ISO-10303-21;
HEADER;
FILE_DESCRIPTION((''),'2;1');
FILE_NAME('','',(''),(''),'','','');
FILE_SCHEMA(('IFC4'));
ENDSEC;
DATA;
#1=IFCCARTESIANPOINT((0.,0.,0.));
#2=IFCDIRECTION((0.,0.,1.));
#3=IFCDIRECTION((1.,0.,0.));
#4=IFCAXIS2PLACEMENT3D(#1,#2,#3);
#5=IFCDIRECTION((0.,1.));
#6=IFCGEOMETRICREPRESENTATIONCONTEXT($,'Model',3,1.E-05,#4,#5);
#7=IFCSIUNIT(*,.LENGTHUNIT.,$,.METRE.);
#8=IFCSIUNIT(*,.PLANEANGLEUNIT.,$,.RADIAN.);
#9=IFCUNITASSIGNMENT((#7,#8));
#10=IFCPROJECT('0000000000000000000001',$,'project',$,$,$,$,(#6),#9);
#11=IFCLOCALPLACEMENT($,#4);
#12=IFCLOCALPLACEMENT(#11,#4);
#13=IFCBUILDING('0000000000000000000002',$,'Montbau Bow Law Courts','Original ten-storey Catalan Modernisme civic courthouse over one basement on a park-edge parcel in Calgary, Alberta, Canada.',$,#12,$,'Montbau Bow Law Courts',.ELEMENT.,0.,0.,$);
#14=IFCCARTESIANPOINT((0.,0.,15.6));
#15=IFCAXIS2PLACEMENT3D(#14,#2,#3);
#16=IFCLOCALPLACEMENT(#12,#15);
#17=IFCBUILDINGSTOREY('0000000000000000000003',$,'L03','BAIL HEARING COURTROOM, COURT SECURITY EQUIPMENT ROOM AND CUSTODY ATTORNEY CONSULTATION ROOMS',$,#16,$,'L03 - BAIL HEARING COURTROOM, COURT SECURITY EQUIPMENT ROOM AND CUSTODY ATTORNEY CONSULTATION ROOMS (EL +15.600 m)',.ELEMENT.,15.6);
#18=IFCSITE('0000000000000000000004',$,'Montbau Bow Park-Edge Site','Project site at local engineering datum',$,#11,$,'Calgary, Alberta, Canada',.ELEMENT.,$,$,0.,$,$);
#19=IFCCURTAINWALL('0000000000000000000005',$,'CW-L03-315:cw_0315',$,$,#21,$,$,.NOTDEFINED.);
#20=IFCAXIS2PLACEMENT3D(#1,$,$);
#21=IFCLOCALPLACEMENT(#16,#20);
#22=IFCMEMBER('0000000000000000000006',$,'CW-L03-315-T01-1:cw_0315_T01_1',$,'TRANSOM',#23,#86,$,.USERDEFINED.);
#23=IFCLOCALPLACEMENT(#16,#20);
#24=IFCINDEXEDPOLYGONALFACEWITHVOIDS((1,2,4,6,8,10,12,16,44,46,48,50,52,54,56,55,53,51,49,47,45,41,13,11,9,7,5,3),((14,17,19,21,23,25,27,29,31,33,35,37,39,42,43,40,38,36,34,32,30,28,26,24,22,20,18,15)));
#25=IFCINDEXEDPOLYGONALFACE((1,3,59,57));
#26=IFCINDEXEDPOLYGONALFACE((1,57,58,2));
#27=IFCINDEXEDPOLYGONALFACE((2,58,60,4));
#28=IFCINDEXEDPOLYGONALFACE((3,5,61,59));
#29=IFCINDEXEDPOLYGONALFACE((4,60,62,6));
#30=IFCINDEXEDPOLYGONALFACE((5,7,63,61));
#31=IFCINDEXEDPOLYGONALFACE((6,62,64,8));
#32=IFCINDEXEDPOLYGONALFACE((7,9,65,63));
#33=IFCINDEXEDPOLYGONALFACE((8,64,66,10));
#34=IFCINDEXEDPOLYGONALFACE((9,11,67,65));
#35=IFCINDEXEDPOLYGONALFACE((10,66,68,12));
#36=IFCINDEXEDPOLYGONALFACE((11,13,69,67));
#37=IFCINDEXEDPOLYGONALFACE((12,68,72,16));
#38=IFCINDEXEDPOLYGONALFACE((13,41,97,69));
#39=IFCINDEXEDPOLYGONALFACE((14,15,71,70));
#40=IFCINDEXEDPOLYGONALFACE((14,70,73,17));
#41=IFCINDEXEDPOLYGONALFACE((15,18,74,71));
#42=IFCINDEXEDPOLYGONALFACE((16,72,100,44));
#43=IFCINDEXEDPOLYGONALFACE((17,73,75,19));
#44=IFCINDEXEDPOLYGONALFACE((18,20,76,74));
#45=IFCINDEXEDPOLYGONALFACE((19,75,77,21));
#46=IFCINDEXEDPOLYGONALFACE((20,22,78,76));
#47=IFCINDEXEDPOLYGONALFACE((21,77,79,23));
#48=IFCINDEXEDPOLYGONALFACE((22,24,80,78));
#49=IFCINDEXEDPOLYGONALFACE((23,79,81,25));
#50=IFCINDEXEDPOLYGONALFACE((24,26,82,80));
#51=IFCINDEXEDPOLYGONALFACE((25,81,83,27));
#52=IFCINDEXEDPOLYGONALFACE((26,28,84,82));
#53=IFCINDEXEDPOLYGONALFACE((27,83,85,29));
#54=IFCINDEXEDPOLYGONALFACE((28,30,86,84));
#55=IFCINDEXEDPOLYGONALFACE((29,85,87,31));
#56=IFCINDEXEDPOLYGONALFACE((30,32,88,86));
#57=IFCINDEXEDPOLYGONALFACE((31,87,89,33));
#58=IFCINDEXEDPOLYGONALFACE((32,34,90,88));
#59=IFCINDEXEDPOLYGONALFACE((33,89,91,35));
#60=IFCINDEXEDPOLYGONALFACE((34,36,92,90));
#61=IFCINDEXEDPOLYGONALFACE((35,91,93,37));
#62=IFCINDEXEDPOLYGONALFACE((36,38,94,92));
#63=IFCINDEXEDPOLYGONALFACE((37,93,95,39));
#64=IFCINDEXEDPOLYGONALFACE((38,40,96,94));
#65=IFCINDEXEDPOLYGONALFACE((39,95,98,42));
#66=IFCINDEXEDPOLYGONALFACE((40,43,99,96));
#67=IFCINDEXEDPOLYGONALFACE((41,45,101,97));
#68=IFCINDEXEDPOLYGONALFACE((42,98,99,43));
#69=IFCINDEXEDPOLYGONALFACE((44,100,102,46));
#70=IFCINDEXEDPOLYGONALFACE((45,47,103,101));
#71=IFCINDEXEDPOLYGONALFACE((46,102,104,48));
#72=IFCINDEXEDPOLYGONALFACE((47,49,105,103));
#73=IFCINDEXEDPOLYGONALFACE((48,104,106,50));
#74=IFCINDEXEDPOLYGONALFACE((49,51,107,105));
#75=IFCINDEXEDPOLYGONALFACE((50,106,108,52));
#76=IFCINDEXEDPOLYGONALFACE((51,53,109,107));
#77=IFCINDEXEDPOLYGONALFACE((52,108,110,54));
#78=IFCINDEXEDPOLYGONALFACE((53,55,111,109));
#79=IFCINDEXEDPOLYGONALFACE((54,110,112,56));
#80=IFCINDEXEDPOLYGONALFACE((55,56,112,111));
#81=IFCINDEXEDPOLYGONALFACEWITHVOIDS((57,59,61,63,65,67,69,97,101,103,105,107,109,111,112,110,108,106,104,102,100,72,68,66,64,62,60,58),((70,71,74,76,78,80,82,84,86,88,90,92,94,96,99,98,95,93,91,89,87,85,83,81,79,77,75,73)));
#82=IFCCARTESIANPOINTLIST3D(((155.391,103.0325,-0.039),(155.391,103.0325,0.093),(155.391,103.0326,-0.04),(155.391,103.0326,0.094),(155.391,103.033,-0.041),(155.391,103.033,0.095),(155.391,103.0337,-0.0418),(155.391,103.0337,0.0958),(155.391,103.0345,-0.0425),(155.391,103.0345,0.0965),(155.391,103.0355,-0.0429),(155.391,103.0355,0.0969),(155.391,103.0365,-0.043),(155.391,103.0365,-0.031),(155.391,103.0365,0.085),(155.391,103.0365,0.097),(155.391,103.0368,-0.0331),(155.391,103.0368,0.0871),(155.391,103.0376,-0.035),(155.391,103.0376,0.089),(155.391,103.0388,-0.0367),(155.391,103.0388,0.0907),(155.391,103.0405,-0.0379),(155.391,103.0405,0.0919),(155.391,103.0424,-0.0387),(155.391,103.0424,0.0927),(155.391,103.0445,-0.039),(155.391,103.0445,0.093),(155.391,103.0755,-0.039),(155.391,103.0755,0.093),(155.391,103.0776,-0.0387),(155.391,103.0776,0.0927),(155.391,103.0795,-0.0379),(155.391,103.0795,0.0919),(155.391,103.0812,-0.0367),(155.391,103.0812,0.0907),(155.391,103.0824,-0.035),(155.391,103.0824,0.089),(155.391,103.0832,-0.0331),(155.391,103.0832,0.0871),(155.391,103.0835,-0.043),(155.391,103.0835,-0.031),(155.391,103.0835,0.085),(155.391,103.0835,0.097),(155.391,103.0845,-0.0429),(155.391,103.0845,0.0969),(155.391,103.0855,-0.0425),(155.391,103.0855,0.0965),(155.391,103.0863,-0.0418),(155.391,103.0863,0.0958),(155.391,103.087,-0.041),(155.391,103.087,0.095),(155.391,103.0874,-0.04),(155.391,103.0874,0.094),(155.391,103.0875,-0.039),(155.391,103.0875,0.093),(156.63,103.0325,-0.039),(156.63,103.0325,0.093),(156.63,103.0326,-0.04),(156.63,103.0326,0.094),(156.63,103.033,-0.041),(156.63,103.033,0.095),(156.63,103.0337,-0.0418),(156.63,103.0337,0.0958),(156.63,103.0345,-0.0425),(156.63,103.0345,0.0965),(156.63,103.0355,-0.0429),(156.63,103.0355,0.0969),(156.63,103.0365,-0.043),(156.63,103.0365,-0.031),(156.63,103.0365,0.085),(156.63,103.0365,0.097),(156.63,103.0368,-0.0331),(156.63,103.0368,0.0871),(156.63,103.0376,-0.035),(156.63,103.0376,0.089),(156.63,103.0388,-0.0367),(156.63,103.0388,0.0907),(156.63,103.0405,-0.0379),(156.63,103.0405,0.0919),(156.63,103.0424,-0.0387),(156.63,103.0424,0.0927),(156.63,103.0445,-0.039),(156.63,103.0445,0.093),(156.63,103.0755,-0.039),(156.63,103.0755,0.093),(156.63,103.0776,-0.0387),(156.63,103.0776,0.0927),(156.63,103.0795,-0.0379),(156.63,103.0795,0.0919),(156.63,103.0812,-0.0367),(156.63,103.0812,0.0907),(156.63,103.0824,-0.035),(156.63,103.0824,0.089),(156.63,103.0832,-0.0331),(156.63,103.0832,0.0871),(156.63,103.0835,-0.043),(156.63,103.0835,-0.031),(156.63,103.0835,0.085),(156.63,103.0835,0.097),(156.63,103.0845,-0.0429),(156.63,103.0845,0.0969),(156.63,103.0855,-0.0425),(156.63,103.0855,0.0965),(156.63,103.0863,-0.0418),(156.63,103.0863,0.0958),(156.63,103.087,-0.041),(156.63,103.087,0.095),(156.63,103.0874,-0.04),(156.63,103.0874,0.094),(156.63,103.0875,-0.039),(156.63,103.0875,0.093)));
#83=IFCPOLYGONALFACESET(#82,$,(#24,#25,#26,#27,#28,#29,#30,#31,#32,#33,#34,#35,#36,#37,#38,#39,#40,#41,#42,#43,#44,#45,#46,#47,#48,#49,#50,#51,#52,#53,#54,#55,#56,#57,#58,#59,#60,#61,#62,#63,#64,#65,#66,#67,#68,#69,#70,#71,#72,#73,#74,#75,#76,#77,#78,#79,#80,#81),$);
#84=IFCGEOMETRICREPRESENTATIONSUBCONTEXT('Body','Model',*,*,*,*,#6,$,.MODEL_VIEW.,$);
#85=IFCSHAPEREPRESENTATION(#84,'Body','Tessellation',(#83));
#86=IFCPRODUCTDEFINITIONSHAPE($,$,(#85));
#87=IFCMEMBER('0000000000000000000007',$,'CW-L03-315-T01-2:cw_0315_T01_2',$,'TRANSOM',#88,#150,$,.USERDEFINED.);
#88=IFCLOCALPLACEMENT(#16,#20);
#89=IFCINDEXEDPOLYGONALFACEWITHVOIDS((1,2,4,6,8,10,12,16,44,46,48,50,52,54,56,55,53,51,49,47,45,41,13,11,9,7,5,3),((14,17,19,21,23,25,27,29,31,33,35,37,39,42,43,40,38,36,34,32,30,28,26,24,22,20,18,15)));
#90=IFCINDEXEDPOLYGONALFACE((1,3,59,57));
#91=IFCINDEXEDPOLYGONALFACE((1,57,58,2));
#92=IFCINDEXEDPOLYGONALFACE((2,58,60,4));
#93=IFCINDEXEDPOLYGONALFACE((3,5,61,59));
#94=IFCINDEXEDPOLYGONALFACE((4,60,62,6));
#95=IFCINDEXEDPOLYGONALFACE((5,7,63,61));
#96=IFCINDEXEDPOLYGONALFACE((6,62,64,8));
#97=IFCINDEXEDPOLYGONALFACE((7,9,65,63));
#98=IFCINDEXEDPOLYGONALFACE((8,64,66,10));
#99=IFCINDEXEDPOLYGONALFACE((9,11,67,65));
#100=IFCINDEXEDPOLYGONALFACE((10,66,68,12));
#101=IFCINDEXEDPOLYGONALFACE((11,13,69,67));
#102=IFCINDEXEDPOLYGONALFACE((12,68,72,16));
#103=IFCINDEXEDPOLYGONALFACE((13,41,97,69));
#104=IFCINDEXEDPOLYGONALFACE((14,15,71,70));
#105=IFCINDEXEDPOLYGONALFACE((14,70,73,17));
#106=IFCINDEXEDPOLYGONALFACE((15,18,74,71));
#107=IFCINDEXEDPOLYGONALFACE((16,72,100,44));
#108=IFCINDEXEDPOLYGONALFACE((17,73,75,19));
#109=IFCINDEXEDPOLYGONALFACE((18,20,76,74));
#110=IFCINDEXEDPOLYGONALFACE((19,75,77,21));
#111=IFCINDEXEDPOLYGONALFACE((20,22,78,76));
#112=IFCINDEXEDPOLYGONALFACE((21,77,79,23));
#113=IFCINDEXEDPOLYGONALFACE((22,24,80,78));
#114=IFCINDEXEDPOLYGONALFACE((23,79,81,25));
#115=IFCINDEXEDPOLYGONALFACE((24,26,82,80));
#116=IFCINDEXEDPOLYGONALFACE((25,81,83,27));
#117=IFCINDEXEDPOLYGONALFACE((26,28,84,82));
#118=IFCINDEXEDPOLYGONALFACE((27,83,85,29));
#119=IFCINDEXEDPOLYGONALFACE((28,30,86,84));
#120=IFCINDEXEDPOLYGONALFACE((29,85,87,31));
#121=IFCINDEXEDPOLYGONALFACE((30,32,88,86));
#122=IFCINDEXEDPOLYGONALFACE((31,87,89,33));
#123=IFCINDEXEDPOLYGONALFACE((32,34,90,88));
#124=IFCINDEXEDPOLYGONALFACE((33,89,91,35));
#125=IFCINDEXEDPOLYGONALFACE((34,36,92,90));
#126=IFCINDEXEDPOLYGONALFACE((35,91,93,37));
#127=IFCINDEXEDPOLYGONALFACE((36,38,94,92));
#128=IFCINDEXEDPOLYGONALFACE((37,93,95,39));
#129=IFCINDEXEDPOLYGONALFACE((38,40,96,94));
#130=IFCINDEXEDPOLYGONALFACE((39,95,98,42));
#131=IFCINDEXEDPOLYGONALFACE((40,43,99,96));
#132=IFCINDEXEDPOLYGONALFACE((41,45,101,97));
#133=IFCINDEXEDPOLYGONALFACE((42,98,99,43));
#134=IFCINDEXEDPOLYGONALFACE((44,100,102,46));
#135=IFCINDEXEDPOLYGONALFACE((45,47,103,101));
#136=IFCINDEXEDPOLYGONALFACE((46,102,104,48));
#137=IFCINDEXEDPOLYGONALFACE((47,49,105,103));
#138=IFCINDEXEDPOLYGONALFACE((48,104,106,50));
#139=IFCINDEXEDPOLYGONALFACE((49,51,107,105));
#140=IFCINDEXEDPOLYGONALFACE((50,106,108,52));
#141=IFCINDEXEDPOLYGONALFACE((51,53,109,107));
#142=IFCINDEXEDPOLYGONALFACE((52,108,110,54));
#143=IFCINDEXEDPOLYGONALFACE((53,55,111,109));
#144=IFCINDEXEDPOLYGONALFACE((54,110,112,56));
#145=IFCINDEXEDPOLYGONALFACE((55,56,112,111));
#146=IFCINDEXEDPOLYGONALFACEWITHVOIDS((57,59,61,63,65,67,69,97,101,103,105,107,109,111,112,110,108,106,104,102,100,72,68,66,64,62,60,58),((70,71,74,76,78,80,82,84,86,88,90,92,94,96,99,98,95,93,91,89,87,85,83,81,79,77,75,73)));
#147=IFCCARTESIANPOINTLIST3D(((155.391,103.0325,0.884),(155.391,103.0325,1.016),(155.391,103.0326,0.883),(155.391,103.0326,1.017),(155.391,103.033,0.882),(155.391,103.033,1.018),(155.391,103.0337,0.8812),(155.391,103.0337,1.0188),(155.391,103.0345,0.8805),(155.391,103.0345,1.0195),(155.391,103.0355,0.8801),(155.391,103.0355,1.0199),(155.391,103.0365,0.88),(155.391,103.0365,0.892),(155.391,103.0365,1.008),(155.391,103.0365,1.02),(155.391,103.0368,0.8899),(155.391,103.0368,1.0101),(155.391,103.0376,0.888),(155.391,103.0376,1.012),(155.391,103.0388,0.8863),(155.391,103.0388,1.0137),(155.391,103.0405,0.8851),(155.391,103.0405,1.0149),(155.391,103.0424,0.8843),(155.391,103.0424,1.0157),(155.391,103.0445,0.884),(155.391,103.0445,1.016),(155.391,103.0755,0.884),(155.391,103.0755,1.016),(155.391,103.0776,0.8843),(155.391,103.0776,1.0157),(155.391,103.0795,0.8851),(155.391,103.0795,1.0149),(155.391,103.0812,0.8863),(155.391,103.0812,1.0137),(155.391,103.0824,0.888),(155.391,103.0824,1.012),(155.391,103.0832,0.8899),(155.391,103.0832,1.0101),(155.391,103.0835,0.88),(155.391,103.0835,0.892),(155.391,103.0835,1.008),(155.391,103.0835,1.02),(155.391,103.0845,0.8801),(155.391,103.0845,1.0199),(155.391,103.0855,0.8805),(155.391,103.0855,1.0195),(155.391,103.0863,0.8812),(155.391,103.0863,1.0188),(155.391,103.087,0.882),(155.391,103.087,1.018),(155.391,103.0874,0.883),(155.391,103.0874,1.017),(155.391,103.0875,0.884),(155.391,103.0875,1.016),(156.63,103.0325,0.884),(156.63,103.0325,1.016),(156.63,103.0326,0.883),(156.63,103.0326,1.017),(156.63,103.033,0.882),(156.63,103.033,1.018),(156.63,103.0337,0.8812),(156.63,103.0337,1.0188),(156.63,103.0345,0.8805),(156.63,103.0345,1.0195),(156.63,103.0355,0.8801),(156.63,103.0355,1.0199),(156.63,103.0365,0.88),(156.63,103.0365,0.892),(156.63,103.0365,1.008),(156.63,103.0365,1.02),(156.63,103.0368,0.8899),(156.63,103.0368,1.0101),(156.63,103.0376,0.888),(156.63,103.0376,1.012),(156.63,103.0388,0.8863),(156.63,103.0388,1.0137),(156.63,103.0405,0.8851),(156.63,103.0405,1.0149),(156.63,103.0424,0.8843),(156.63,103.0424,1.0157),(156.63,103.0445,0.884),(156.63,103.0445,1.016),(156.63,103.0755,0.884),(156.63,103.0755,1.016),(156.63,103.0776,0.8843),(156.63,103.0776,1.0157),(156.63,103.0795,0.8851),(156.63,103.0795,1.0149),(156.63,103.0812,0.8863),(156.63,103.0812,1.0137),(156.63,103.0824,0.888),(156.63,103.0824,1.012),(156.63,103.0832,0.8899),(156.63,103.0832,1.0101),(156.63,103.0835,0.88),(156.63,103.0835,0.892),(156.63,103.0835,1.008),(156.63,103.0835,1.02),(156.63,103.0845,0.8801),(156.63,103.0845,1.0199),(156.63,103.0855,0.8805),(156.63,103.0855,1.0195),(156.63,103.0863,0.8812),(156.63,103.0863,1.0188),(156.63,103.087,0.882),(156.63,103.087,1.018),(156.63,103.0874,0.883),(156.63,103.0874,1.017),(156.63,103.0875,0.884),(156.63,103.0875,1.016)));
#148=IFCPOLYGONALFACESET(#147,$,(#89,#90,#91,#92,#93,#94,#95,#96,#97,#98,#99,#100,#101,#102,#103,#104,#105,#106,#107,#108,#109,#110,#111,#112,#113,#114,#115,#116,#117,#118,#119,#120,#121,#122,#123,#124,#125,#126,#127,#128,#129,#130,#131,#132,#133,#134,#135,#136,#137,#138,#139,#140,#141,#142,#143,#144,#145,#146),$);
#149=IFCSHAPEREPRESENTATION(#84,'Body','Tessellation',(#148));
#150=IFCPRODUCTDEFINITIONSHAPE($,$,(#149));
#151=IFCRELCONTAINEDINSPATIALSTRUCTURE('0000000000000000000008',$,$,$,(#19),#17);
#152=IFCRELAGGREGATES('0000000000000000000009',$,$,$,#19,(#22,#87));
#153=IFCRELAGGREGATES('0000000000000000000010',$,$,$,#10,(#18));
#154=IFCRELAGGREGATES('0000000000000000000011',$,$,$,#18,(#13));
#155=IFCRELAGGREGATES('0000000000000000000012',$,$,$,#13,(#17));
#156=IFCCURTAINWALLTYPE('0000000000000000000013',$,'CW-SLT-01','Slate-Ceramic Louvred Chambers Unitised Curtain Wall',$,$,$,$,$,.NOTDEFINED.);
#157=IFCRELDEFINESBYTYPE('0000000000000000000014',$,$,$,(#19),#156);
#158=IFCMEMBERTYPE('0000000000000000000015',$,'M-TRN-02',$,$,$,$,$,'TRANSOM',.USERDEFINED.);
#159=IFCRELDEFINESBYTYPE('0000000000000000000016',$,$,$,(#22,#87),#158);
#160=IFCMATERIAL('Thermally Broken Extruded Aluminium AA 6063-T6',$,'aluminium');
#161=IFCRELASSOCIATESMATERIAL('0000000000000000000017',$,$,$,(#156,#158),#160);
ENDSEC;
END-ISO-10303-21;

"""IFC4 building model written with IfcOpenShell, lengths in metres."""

from ifc_helpers import new_model, si_unit, direction, frame, origin_with_axes, origin_2d_with_axis, place, context, subcontext, project, spatial, hollow_rectangle, extrude, material, material_profile, profile_set, type_object, element, aggregate, save


model = new_model("IFC4")

# Units and contexts
model_context = context("Model", 3, precision=1e-05, world=origin_with_axes(), true_north=direction((0.0, 1.0)))
body_context = subcontext(model_context, "Body", "Model", "MODEL_VIEW")
ifc_project = project(units=[si_unit("LENGTHUNIT", "METRE"), si_unit("PLANEANGLEUNIT", "RADIAN")], contexts=[model_context])

# Site, building, storey
site_placement = place(None, origin_with_axes())
site = spatial("IfcSite", under=ifc_project, at=site_placement, Name="Montbau Bow Park-Edge Site", Description="Project site at local engineering datum", LongName="Calgary, Alberta, Canada", CompositionType="ELEMENT", RefElevation=0.0)
building_placement = place(site_placement, origin_with_axes())
building = spatial("IfcBuilding", under=site, at=building_placement, Name="Montbau Bow Law Courts", Description="Original ten-storey Catalan Modernisme civic courthouse over one basement on a park-edge parcel in Calgary, Alberta, Canada.", LongName="Montbau Bow Law Courts", CompositionType="ELEMENT", ElevationOfRefHeight=0.0, ElevationOfTerrain=0.0)
storey_placement = place(building_placement, frame((0.0, 0.0, 15.6), z_axis=(0.0, 0.0, 1.0), x_axis=(1.0, 0.0, 0.0)))
storey = spatial("IfcBuildingStorey", under=building, at=storey_placement, Name="L03", Description="BAIL HEARING COURTROOM, COURT SECURITY EQUIPMENT ROOM AND CUSTODY ATTORNEY CONSULTATION ROOMS", LongName="L03 - BAIL HEARING COURTROOM, COURT SECURITY EQUIPMENT ROOM AND CUSTODY ATTORNEY CONSULTATION ROOMS (EL +15.600 m)", CompositionType="ELEMENT", Elevation=15.6)

# Curtain wall, members
ifc_material_1 = material(Name="Thermally Broken Extruded Aluminium AA 6063-T6", Category="aluminium")
curtain_wall_type = type_object("IfcCurtainWallType", Name="CW-SLT-01", Description="Slate-Ceramic Louvred Chambers Unitised Curtain Wall", PredefinedType="NOTDEFINED", material=ifc_material_1)
curtain_wall_placement = place(None, frame((155.315, 103.06, 15.6), z_axis=(0.0, 0.0, 1.0), x_axis=(1.0, 0.0, 0.0)))
curtain_wall = element("IfcCurtainWall", 1, at=curtain_wall_placement, inside=storey, type_object=curtain_wall_type, Name="CW-L03-315:cw_0315", PredefinedType="NOTDEFINED")
ifc_material_profile_1 = material_profile(ifc_material_1, hollow_rectangle(XDim=0.055, YDim=0.14, WallThickness=0.004, InnerFilletRadius=0.008, OuterFilletRadius=0.004, at=origin_2d_with_axis()), Name="CWT-140X55", Category="Main", Priority=0)
ifc_profile_set_1 = profile_set([ifc_material_profile_1], Name="Thermally Broken Extruded Aluminium AA 6063-T6")
member_type_1 = type_object("IfcMemberType", Name="M-TRN-02", ElementType="TRANSOM", PredefinedType="USERDEFINED", material=ifc_profile_set_1)
member_1_placement = place(None, frame((155.391, 103.06, 15.627), z_axis=(1.0, 0.0, 0.0), x_axis=(0.0, 1.0, 0.0)))
member_1 = element("IfcMember", 2, at=member_1_placement, type_object=member_type_1, Name="CW-L03-315-T01-1:cw_0315_T01_1", ObjectType="TRANSOM", PredefinedType="USERDEFINED", context=body_context, shape_type="SweptSolid", body=[
    extrude(hollow_rectangle(XDim=0.055, YDim=0.14, WallThickness=0.004, InnerFilletRadius=0.008, OuterFilletRadius=0.004, at=origin_2d_with_axis()), origin_with_axes(), (0.0, 0.0, 1.0), 1.239),
])
member_2_placement = place(None, frame((155.391, 103.06, 16.55), z_axis=(1.0, 0.0, 0.0), x_axis=(0.0, 1.0, 0.0)))
member_2 = element("IfcMember", 3, at=member_2_placement, type_object=member_type_1, Name="CW-L03-315-T01-2:cw_0315_T01_2", ObjectType="TRANSOM", PredefinedType="USERDEFINED", context=body_context, shape_type="SweptSolid", body=[
    extrude(hollow_rectangle(XDim=0.055, YDim=0.14, WallThickness=0.004, InnerFilletRadius=0.008, OuterFilletRadius=0.004, at=origin_2d_with_axis()), origin_with_axes(), (0.0, 0.0, 1.0), 1.239),
])
aggregate(curtain_wall, [member_1, member_2])

save(model, "model.ifc")
